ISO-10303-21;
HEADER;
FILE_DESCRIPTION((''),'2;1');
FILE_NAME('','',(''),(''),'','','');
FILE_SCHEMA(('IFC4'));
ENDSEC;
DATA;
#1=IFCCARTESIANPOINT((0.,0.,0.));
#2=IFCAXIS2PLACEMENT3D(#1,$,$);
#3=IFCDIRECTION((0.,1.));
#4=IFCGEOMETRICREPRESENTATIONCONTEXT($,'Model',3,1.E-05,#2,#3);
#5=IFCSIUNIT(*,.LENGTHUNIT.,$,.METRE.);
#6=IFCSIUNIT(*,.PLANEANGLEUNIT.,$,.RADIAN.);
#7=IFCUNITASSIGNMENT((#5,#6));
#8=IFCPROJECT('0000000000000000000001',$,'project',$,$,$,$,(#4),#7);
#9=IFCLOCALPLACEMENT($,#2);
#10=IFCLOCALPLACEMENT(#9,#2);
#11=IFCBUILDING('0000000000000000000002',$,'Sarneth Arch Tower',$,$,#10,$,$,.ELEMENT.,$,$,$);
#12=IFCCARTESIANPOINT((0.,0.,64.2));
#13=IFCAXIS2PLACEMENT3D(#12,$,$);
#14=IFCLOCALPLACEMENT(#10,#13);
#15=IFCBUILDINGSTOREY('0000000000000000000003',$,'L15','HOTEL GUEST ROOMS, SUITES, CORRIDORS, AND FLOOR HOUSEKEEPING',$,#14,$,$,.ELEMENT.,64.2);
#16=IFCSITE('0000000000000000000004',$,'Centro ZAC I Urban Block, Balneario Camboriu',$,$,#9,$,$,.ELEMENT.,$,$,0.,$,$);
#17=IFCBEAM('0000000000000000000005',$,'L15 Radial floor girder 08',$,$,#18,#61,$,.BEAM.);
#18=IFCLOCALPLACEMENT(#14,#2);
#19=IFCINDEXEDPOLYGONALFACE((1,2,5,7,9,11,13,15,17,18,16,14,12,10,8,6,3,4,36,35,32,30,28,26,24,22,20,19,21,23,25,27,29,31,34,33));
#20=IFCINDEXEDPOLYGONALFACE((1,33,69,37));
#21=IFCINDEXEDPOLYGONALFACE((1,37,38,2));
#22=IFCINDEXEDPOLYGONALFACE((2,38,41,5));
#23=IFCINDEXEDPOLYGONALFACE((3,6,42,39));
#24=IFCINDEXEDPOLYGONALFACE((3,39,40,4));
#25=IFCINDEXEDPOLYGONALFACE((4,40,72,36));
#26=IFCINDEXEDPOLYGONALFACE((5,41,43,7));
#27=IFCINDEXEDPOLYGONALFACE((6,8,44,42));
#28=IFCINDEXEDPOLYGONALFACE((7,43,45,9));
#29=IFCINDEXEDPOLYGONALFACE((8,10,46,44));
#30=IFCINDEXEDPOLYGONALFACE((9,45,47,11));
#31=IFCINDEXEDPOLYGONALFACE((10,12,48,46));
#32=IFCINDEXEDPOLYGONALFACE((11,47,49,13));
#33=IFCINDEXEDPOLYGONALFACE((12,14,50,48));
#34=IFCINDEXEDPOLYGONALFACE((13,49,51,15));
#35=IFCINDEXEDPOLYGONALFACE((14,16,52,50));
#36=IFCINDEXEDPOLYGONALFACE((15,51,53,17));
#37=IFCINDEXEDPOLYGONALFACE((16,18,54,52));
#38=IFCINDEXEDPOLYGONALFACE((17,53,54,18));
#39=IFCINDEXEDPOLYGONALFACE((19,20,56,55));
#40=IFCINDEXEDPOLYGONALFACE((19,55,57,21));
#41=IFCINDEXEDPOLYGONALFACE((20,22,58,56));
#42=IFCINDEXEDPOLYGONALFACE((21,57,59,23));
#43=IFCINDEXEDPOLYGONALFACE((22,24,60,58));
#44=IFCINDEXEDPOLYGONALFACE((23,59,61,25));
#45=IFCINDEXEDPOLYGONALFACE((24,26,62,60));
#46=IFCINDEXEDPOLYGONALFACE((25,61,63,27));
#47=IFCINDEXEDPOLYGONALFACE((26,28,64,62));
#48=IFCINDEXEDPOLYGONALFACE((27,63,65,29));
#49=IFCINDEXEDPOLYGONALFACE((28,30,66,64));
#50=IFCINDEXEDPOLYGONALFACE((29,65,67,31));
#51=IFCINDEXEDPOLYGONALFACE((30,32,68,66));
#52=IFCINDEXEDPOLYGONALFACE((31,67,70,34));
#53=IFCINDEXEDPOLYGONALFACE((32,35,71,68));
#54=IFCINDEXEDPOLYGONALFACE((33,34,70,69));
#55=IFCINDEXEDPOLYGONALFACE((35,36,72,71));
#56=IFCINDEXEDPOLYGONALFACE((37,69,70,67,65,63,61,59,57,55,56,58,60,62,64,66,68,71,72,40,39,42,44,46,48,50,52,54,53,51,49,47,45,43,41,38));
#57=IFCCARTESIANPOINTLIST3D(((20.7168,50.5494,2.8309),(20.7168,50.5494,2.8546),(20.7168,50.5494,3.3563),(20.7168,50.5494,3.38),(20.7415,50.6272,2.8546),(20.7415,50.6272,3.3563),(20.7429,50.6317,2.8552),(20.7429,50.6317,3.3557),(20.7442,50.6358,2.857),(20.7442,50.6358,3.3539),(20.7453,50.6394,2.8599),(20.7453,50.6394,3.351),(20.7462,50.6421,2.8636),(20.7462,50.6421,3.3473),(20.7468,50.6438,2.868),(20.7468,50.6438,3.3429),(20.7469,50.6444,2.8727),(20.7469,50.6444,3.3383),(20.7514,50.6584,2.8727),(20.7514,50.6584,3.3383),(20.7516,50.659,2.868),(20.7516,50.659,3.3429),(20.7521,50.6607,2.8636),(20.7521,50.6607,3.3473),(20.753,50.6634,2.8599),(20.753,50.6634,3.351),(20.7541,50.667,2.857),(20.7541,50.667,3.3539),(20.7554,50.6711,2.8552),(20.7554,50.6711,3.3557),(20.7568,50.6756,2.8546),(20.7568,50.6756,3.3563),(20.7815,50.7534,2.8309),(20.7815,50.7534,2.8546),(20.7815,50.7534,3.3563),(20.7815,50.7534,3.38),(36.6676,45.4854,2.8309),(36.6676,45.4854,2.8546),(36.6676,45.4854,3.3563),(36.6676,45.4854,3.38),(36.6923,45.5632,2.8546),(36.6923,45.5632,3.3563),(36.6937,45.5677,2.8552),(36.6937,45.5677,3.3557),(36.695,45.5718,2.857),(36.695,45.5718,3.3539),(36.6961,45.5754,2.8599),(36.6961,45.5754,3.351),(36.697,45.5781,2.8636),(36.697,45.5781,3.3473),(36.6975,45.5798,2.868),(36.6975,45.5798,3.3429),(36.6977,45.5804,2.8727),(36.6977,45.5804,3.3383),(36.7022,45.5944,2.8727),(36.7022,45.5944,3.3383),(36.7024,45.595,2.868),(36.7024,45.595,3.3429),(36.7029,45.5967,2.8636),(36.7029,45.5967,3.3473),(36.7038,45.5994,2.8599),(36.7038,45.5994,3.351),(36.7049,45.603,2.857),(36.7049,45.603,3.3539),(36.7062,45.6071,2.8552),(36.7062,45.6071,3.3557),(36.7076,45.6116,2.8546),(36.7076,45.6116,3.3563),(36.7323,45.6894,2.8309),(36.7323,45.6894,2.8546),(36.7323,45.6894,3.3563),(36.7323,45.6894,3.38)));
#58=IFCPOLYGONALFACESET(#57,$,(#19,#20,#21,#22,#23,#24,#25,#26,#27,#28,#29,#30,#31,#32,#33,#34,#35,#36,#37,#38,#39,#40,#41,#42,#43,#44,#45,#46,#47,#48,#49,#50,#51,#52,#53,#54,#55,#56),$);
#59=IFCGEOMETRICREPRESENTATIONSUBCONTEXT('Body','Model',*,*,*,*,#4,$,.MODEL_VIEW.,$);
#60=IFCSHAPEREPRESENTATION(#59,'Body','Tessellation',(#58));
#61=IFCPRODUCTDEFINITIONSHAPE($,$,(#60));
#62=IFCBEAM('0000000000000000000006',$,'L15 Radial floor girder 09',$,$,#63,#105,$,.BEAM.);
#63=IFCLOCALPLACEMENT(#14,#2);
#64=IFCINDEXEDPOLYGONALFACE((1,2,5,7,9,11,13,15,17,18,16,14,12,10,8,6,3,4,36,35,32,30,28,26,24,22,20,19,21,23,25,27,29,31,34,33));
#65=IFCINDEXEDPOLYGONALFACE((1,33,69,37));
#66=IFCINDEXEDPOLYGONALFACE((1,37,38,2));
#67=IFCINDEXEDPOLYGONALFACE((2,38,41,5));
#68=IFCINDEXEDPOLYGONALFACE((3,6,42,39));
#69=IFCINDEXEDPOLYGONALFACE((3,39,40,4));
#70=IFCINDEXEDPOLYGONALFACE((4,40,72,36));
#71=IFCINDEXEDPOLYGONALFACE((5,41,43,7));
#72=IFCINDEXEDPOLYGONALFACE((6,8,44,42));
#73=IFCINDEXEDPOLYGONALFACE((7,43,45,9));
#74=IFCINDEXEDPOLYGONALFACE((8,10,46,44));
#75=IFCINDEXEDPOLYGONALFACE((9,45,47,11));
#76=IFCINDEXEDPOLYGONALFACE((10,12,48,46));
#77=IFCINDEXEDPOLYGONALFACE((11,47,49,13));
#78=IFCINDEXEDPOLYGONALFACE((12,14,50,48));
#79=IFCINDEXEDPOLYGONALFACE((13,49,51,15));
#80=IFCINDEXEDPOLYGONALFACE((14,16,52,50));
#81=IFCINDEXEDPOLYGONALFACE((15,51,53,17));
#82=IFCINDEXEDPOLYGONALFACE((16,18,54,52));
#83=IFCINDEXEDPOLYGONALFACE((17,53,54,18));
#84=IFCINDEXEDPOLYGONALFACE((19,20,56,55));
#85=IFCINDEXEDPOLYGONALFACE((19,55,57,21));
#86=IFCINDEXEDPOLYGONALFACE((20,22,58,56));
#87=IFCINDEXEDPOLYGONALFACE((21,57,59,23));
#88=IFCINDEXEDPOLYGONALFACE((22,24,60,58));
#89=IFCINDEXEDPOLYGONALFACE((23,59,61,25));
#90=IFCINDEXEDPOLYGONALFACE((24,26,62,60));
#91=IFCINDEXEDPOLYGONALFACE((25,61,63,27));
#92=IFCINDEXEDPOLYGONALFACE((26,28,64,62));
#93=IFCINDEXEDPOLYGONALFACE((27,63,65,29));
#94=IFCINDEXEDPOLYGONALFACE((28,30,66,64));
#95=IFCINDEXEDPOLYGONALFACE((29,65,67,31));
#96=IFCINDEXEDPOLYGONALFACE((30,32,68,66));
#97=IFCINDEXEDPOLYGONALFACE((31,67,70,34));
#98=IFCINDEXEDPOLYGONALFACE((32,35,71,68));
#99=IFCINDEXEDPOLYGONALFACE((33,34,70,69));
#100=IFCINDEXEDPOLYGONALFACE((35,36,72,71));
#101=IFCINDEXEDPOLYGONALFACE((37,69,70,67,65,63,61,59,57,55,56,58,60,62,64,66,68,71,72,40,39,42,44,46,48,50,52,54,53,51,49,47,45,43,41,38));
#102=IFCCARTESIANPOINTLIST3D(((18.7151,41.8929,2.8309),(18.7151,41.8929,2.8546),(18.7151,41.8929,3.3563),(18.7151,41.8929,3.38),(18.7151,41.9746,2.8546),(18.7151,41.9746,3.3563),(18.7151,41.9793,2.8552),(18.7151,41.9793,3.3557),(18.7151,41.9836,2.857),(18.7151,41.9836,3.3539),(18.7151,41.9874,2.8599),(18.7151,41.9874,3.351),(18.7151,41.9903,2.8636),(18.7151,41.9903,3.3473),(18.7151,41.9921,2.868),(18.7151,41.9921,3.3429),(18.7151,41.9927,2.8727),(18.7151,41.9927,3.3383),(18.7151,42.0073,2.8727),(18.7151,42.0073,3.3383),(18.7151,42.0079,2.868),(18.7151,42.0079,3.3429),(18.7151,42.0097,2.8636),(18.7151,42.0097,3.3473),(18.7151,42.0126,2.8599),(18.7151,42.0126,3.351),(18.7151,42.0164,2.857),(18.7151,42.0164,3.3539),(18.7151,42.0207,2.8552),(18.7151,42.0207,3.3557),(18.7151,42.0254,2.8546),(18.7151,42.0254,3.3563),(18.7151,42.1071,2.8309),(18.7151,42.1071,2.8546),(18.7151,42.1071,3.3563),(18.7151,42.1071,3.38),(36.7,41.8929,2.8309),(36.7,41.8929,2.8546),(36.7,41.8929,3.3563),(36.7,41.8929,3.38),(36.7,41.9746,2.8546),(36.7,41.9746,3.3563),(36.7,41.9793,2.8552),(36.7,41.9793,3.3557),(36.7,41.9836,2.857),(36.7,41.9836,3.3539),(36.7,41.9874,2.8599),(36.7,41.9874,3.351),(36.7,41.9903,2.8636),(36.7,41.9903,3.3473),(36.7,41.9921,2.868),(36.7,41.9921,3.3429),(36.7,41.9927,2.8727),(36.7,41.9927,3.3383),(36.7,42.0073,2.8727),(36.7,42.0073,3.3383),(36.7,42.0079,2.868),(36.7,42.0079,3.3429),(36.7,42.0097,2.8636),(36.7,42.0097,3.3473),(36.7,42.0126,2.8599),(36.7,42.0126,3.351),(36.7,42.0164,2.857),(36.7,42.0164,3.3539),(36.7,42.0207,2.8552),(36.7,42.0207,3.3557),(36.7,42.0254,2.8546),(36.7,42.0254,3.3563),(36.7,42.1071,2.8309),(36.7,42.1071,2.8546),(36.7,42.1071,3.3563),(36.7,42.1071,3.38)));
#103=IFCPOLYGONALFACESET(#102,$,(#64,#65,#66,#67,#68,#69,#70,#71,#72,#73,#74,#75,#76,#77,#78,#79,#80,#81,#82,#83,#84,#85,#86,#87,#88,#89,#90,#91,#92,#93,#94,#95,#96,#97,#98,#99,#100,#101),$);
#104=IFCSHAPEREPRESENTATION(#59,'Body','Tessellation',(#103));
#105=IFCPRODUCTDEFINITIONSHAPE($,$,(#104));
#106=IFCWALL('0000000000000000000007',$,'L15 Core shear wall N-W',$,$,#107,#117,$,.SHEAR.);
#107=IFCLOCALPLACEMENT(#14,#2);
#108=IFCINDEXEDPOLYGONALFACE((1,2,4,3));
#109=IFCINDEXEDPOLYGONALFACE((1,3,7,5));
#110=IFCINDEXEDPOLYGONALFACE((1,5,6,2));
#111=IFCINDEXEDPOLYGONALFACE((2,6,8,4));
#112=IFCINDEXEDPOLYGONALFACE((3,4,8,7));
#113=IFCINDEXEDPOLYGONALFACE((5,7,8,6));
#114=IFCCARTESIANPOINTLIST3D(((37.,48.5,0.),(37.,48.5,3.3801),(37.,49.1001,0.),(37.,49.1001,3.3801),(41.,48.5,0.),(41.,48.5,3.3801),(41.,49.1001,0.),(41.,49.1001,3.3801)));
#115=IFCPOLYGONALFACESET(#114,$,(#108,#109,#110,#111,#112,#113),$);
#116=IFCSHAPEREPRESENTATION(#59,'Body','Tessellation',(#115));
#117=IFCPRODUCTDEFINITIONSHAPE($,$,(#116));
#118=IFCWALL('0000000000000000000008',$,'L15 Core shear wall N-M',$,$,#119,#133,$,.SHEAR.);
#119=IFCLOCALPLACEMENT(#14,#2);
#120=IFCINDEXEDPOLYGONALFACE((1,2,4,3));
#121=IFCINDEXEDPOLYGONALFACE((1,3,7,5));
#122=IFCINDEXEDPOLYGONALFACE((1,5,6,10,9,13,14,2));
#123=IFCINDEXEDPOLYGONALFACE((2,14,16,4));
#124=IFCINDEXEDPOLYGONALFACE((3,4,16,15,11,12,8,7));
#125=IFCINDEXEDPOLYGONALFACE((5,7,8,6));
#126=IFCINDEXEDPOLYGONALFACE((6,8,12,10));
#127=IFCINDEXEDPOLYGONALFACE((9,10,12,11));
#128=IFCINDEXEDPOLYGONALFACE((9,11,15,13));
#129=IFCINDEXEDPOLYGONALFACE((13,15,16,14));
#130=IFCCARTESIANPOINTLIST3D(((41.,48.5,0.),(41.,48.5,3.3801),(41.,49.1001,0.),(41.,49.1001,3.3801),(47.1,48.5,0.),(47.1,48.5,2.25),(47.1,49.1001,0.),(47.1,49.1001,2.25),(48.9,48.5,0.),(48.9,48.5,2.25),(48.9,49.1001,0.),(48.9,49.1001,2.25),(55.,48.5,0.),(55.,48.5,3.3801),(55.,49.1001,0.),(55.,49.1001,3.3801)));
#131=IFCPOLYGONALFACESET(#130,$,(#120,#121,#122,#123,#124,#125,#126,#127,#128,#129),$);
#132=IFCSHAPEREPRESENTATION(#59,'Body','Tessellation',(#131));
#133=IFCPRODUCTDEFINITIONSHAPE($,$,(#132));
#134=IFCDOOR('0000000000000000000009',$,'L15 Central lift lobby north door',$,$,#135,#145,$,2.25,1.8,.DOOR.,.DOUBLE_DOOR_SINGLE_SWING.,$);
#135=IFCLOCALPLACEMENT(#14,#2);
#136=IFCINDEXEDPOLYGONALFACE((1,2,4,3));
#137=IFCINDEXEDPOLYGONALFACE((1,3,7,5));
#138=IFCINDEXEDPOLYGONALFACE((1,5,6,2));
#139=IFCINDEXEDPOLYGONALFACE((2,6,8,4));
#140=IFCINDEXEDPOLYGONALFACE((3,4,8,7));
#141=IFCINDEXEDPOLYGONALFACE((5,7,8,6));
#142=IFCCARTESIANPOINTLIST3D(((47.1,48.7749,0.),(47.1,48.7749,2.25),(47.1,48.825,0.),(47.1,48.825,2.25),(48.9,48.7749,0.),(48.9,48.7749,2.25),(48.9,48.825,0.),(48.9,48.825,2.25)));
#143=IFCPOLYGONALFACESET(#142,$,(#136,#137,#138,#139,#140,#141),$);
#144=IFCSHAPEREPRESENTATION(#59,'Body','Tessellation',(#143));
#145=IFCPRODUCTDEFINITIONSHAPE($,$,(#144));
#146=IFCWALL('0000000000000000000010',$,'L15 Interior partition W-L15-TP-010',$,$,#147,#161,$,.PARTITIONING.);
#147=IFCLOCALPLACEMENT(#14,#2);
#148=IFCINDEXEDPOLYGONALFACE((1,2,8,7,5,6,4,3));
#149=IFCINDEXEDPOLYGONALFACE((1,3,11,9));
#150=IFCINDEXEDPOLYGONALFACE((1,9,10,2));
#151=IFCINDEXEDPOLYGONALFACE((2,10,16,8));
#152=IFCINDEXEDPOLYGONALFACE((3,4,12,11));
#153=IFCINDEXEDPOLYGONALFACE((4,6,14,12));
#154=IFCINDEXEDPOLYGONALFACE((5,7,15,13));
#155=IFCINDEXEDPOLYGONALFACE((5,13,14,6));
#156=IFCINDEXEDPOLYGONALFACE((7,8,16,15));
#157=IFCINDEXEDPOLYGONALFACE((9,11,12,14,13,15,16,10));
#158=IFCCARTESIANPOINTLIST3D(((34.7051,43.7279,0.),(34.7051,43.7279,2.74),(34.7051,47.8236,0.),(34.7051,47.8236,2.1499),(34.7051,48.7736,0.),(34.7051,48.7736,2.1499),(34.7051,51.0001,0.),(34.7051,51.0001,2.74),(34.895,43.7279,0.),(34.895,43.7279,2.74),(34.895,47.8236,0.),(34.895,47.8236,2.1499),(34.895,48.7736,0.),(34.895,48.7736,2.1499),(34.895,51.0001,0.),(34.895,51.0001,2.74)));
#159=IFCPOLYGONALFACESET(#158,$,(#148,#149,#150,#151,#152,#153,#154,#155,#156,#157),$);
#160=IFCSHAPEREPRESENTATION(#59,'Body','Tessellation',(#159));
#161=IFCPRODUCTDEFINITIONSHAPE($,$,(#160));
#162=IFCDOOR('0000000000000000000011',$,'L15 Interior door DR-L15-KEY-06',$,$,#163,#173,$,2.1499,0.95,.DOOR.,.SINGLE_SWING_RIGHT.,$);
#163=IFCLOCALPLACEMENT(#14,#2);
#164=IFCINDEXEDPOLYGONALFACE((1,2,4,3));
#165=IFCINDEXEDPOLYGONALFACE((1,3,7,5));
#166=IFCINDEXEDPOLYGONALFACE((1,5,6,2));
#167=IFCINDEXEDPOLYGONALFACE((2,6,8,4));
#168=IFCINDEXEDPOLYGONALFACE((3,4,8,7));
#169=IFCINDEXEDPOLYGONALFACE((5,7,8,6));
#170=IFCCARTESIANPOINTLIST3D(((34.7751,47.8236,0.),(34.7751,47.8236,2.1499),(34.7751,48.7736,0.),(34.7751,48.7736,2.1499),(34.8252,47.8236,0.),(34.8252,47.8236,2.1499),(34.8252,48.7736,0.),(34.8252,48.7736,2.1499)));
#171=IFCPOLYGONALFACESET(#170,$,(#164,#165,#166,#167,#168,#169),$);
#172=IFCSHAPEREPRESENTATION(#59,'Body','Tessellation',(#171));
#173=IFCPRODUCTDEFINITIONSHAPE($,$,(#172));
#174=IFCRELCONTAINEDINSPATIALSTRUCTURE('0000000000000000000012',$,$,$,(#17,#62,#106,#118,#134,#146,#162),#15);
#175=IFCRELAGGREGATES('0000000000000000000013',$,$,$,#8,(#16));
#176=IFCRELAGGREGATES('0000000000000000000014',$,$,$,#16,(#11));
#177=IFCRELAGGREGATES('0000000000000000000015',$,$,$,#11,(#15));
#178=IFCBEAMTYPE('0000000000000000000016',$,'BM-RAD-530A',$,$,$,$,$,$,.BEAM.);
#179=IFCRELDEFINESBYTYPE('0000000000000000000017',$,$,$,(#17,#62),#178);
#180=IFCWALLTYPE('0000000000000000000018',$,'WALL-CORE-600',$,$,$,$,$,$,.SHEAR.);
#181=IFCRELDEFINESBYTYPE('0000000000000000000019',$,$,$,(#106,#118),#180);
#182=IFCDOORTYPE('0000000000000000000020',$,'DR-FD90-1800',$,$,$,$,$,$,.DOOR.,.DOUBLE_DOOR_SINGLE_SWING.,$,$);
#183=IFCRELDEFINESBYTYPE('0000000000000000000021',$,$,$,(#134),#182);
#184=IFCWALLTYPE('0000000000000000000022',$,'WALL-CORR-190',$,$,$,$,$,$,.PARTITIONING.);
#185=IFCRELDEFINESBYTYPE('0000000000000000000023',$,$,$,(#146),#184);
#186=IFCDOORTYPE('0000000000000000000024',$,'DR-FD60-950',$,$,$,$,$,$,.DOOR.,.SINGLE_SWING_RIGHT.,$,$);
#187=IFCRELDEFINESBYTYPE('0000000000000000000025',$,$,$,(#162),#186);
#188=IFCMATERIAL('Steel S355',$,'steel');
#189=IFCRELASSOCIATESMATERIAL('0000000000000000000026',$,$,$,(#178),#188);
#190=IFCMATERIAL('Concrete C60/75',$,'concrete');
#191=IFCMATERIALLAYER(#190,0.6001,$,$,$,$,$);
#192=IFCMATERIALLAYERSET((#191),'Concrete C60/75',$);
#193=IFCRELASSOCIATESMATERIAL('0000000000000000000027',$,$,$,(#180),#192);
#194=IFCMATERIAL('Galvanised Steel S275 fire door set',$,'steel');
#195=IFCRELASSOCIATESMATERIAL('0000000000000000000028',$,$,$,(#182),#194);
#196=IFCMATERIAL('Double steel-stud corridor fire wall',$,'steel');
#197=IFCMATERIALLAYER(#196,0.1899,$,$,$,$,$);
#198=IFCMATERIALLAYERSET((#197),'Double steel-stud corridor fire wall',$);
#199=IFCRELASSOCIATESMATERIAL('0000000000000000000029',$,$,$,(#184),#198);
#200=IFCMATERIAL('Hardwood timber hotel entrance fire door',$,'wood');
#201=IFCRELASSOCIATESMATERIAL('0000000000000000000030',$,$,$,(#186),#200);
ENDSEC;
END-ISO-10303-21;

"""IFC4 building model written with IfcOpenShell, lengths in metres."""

from ifc_helpers import new_model, si_unit, direction, frame, frame_2d, origin, origin_2d, place, context, subcontext, project, spatial, rectangle, i_section, extrude, material, layer, layer_set, material_profile, profile_set, type_object, element, fill, save


model = new_model("IFC4")

# Units and contexts
model_context = context("Model", 3, precision=1e-05, world=origin(), true_north=direction((0.0, 1.0)))
body_context = subcontext(model_context, "Body", "Model", "MODEL_VIEW")
ifc_project = project(units=[si_unit("LENGTHUNIT", "METRE"), si_unit("PLANEANGLEUNIT", "RADIAN")], contexts=[model_context])

# Site, building, storey
site_placement = place(None, origin())
site = spatial("IfcSite", under=ifc_project, at=site_placement, Name="Centro ZAC I Urban Block, Balneario Camboriu", CompositionType="ELEMENT", RefElevation=0.0)
building_placement = place(site_placement, origin())
building = spatial("IfcBuilding", under=site, at=building_placement, Name="Sarneth Arch Tower", CompositionType="ELEMENT")
storey_placement = place(building_placement, frame((0.0, 0.0, 64.2)))
storey = spatial("IfcBuildingStorey", under=building, at=storey_placement, Name="L15", Description="HOTEL GUEST ROOMS, SUITES, CORRIDORS, AND FLOOR HOUSEKEEPING", CompositionType="ELEMENT", Elevation=64.2)

# Beams
ifc_material_1 = material(Name="Steel S355", Category="steel")
ifc_material_profile = material_profile(ifc_material_1, i_section(OverallWidth=0.2141, OverallDepth=0.5491, WebThickness=0.0146, FlangeThickness=0.0237, FilletRadius=0.0181, at=origin_2d()), Name="W530x138")
ifc_profile_set = profile_set([ifc_material_profile], Name="Steel S355")
beam_type = type_object("IfcBeamType", Name="BM-RAD-530A", PredefinedType="BEAM", material=ifc_profile_set)
beam_1_placement = place(storey_placement, frame((36.7, 45.5874, 3.1055), z_axis=(-0.95312, 0.302593, 0.0), x_axis=(-0.302593, -0.95312, 0.0)))
element("IfcBeam", 1, at=beam_1_placement, inside=storey, type_object=beam_type, Name="L15 Radial floor girder 08", PredefinedType="BEAM", context=body_context, shape_type="SweptSolid", body=[
    extrude(i_section(OverallWidth=0.2141, OverallDepth=0.5491, WebThickness=0.0146, FlangeThickness=0.0237, FilletRadius=0.0181, at=origin_2d()), origin(), (0.0, 0.0, 1.0), 16.7354),
])
beam_2_placement = place(storey_placement, frame((36.7, 42.0, 3.1055), z_axis=(-1.0, 0.0, 0.0), x_axis=(0.0, -1.0, 0.0)))
element("IfcBeam", 2, at=beam_2_placement, inside=storey, type_object=beam_type, Name="L15 Radial floor girder 09", PredefinedType="BEAM", context=body_context, shape_type="SweptSolid", body=[
    extrude(i_section(OverallWidth=0.2141, OverallDepth=0.5491, WebThickness=0.0146, FlangeThickness=0.0237, FilletRadius=0.0181, at=origin_2d()), origin(), (0.0, 0.0, 1.0), 17.9849),
])

# Wall
ifc_material_2 = material(Name="Concrete C60/75", Category="concrete")
ifc_layer_1 = layer(ifc_material_2, 0.6001)
ifc_layer_set_1 = layer_set([ifc_layer_1], Name="Concrete C60/75")
wall_type_1 = type_object("IfcWallType", Name="WALL-CORE-600", PredefinedType="SHEAR", material=ifc_layer_set_1)
wall_1_placement = place(storey_placement, frame((37.0, 48.8, 0.0), z_axis=(0.0, 0.0, 1.0), x_axis=(1.0, 0.0, 0.0)))
element("IfcWall", 3, at=wall_1_placement, inside=storey, type_object=wall_type_1, Name="L15 Core shear wall N-W", PredefinedType="SHEAR", context=body_context, shape_type="SweptSolid", body=[
    extrude(rectangle(XDim=4.0, YDim=0.6001, at=frame_2d((2.0, 0.0))), origin(), (0.0, 0.0, 1.0), 3.3801),
])

# Walls, openings, doors
wall_2_placement = place(storey_placement, frame((41.0, 48.8, 0.0), z_axis=(0.0, 0.0, 1.0), x_axis=(1.0, 0.0, 0.0)))
wall_2 = element("IfcWall", 4, at=wall_2_placement, inside=storey, type_object=wall_type_1, Name="L15 Core shear wall N-M", PredefinedType="SHEAR", context=body_context, shape_type="SweptSolid", body=[
    extrude(rectangle(XDim=14.0, YDim=0.6001, at=frame_2d((7.0, 0.0))), origin(), (0.0, 0.0, 1.0), 3.3801),
])
opening_1_placement = place(wall_2_placement, frame((6.1001, 0.0, 0.0)))
opening_1 = element("IfcOpeningElement", 5, at=opening_1_placement, cuts=wall_2, PredefinedType="OPENING", context=body_context, shape_type="SweptSolid", body=[
    extrude(rectangle(XDim=1.8, YDim=2.25, at=frame_2d((0.8999, 1.125))), frame((0.0, 0.3101, 0.0), z_axis=(0.0, -1.0, 0.0), x_axis=(1.0, 0.0, 0.0)), (0.0, 0.0, 1.0), 0.6201),
])
ifc_material_3 = material(Name="Galvanised Steel S275 fire door set", Category="steel")
door_type_1 = type_object("IfcDoorType", Name="DR-FD90-1800", OperationType="DOUBLE_DOOR_SINGLE_SWING", PredefinedType="DOOR", material=ifc_material_3)
door_1_placement = place(opening_1_placement, origin())
door_1 = element("IfcDoor", 6, at=door_1_placement, inside=storey, type_object=door_type_1, Name="L15 Central lift lobby north door", OperationType="DOUBLE_DOOR_SINGLE_SWING", OverallHeight=2.25, OverallWidth=1.8, PredefinedType="DOOR", context=body_context, shape_type="SweptSolid", body=[
    extrude(rectangle(XDim=1.8, YDim=2.25, at=frame_2d((0.8999, 1.125))), frame((0.0, 0.0249, 0.0), z_axis=(0.0, -1.0, 0.0), x_axis=(1.0, 0.0, 0.0)), (0.0, 0.0, 1.0), 0.05),
])
fill(opening_1, door_1)
ifc_material_4 = material(Name="Double steel-stud corridor fire wall", Category="steel")
ifc_layer_2 = layer(ifc_material_4, 0.1899)
ifc_layer_set_2 = layer_set([ifc_layer_2], Name="Double steel-stud corridor fire wall")
wall_type_2 = type_object("IfcWallType", Name="WALL-CORR-190", PredefinedType="PARTITIONING", material=ifc_layer_set_2)
wall_3_placement = place(storey_placement, frame((34.8, 43.7278, 0.0), z_axis=(0.0, 0.0, 1.0), x_axis=(0.0, 1.0, 0.0)))
wall_3 = element("IfcWall", 7, at=wall_3_placement, inside=storey, type_object=wall_type_2, Name="L15 Interior partition W-L15-TP-010", PredefinedType="PARTITIONING", context=body_context, shape_type="SweptSolid", body=[
    extrude(rectangle(XDim=7.2722, YDim=0.1899, at=frame_2d((3.6362, 0.0))), origin(), (0.0, 0.0, 1.0), 2.74),
])
opening_2_placement = place(wall_3_placement, frame((4.0957, 0.0, 0.0)))
opening_2 = element("IfcOpeningElement", 8, at=opening_2_placement, cuts=wall_3, PredefinedType="OPENING", context=body_context, shape_type="SweptSolid", body=[
    extrude(rectangle(XDim=0.95, YDim=2.1499, at=frame_2d((0.4751, 1.075))), frame((0.0, 0.105, 0.0), z_axis=(0.0, -1.0, 0.0), x_axis=(1.0, 0.0, 0.0)), (0.0, 0.0, 1.0), 0.21),
])
ifc_material_5 = material(Name="Hardwood timber hotel entrance fire door", Category="wood")
door_type_2 = type_object("IfcDoorType", Name="DR-FD60-950", OperationType="SINGLE_SWING_RIGHT", PredefinedType="DOOR", material=ifc_material_5)
door_2_placement = place(opening_2_placement, origin())
door_2 = element("IfcDoor", 9, at=door_2_placement, inside=storey, type_object=door_type_2, Name="L15 Interior door DR-L15-KEY-06", OperationType="SINGLE_SWING_RIGHT", OverallHeight=2.1499, OverallWidth=0.95, PredefinedType="DOOR", context=body_context, shape_type="SweptSolid", body=[
    extrude(rectangle(XDim=0.95, YDim=2.1499, at=frame_2d((0.4751, 1.075))), frame((0.0, 0.0249, 0.0), z_axis=(0.0, -1.0, 0.0), x_axis=(1.0, 0.0, 0.0)), (0.0, 0.0, 1.0), 0.05),
])
fill(opening_2, door_2)

save(model, "model.ifc")
